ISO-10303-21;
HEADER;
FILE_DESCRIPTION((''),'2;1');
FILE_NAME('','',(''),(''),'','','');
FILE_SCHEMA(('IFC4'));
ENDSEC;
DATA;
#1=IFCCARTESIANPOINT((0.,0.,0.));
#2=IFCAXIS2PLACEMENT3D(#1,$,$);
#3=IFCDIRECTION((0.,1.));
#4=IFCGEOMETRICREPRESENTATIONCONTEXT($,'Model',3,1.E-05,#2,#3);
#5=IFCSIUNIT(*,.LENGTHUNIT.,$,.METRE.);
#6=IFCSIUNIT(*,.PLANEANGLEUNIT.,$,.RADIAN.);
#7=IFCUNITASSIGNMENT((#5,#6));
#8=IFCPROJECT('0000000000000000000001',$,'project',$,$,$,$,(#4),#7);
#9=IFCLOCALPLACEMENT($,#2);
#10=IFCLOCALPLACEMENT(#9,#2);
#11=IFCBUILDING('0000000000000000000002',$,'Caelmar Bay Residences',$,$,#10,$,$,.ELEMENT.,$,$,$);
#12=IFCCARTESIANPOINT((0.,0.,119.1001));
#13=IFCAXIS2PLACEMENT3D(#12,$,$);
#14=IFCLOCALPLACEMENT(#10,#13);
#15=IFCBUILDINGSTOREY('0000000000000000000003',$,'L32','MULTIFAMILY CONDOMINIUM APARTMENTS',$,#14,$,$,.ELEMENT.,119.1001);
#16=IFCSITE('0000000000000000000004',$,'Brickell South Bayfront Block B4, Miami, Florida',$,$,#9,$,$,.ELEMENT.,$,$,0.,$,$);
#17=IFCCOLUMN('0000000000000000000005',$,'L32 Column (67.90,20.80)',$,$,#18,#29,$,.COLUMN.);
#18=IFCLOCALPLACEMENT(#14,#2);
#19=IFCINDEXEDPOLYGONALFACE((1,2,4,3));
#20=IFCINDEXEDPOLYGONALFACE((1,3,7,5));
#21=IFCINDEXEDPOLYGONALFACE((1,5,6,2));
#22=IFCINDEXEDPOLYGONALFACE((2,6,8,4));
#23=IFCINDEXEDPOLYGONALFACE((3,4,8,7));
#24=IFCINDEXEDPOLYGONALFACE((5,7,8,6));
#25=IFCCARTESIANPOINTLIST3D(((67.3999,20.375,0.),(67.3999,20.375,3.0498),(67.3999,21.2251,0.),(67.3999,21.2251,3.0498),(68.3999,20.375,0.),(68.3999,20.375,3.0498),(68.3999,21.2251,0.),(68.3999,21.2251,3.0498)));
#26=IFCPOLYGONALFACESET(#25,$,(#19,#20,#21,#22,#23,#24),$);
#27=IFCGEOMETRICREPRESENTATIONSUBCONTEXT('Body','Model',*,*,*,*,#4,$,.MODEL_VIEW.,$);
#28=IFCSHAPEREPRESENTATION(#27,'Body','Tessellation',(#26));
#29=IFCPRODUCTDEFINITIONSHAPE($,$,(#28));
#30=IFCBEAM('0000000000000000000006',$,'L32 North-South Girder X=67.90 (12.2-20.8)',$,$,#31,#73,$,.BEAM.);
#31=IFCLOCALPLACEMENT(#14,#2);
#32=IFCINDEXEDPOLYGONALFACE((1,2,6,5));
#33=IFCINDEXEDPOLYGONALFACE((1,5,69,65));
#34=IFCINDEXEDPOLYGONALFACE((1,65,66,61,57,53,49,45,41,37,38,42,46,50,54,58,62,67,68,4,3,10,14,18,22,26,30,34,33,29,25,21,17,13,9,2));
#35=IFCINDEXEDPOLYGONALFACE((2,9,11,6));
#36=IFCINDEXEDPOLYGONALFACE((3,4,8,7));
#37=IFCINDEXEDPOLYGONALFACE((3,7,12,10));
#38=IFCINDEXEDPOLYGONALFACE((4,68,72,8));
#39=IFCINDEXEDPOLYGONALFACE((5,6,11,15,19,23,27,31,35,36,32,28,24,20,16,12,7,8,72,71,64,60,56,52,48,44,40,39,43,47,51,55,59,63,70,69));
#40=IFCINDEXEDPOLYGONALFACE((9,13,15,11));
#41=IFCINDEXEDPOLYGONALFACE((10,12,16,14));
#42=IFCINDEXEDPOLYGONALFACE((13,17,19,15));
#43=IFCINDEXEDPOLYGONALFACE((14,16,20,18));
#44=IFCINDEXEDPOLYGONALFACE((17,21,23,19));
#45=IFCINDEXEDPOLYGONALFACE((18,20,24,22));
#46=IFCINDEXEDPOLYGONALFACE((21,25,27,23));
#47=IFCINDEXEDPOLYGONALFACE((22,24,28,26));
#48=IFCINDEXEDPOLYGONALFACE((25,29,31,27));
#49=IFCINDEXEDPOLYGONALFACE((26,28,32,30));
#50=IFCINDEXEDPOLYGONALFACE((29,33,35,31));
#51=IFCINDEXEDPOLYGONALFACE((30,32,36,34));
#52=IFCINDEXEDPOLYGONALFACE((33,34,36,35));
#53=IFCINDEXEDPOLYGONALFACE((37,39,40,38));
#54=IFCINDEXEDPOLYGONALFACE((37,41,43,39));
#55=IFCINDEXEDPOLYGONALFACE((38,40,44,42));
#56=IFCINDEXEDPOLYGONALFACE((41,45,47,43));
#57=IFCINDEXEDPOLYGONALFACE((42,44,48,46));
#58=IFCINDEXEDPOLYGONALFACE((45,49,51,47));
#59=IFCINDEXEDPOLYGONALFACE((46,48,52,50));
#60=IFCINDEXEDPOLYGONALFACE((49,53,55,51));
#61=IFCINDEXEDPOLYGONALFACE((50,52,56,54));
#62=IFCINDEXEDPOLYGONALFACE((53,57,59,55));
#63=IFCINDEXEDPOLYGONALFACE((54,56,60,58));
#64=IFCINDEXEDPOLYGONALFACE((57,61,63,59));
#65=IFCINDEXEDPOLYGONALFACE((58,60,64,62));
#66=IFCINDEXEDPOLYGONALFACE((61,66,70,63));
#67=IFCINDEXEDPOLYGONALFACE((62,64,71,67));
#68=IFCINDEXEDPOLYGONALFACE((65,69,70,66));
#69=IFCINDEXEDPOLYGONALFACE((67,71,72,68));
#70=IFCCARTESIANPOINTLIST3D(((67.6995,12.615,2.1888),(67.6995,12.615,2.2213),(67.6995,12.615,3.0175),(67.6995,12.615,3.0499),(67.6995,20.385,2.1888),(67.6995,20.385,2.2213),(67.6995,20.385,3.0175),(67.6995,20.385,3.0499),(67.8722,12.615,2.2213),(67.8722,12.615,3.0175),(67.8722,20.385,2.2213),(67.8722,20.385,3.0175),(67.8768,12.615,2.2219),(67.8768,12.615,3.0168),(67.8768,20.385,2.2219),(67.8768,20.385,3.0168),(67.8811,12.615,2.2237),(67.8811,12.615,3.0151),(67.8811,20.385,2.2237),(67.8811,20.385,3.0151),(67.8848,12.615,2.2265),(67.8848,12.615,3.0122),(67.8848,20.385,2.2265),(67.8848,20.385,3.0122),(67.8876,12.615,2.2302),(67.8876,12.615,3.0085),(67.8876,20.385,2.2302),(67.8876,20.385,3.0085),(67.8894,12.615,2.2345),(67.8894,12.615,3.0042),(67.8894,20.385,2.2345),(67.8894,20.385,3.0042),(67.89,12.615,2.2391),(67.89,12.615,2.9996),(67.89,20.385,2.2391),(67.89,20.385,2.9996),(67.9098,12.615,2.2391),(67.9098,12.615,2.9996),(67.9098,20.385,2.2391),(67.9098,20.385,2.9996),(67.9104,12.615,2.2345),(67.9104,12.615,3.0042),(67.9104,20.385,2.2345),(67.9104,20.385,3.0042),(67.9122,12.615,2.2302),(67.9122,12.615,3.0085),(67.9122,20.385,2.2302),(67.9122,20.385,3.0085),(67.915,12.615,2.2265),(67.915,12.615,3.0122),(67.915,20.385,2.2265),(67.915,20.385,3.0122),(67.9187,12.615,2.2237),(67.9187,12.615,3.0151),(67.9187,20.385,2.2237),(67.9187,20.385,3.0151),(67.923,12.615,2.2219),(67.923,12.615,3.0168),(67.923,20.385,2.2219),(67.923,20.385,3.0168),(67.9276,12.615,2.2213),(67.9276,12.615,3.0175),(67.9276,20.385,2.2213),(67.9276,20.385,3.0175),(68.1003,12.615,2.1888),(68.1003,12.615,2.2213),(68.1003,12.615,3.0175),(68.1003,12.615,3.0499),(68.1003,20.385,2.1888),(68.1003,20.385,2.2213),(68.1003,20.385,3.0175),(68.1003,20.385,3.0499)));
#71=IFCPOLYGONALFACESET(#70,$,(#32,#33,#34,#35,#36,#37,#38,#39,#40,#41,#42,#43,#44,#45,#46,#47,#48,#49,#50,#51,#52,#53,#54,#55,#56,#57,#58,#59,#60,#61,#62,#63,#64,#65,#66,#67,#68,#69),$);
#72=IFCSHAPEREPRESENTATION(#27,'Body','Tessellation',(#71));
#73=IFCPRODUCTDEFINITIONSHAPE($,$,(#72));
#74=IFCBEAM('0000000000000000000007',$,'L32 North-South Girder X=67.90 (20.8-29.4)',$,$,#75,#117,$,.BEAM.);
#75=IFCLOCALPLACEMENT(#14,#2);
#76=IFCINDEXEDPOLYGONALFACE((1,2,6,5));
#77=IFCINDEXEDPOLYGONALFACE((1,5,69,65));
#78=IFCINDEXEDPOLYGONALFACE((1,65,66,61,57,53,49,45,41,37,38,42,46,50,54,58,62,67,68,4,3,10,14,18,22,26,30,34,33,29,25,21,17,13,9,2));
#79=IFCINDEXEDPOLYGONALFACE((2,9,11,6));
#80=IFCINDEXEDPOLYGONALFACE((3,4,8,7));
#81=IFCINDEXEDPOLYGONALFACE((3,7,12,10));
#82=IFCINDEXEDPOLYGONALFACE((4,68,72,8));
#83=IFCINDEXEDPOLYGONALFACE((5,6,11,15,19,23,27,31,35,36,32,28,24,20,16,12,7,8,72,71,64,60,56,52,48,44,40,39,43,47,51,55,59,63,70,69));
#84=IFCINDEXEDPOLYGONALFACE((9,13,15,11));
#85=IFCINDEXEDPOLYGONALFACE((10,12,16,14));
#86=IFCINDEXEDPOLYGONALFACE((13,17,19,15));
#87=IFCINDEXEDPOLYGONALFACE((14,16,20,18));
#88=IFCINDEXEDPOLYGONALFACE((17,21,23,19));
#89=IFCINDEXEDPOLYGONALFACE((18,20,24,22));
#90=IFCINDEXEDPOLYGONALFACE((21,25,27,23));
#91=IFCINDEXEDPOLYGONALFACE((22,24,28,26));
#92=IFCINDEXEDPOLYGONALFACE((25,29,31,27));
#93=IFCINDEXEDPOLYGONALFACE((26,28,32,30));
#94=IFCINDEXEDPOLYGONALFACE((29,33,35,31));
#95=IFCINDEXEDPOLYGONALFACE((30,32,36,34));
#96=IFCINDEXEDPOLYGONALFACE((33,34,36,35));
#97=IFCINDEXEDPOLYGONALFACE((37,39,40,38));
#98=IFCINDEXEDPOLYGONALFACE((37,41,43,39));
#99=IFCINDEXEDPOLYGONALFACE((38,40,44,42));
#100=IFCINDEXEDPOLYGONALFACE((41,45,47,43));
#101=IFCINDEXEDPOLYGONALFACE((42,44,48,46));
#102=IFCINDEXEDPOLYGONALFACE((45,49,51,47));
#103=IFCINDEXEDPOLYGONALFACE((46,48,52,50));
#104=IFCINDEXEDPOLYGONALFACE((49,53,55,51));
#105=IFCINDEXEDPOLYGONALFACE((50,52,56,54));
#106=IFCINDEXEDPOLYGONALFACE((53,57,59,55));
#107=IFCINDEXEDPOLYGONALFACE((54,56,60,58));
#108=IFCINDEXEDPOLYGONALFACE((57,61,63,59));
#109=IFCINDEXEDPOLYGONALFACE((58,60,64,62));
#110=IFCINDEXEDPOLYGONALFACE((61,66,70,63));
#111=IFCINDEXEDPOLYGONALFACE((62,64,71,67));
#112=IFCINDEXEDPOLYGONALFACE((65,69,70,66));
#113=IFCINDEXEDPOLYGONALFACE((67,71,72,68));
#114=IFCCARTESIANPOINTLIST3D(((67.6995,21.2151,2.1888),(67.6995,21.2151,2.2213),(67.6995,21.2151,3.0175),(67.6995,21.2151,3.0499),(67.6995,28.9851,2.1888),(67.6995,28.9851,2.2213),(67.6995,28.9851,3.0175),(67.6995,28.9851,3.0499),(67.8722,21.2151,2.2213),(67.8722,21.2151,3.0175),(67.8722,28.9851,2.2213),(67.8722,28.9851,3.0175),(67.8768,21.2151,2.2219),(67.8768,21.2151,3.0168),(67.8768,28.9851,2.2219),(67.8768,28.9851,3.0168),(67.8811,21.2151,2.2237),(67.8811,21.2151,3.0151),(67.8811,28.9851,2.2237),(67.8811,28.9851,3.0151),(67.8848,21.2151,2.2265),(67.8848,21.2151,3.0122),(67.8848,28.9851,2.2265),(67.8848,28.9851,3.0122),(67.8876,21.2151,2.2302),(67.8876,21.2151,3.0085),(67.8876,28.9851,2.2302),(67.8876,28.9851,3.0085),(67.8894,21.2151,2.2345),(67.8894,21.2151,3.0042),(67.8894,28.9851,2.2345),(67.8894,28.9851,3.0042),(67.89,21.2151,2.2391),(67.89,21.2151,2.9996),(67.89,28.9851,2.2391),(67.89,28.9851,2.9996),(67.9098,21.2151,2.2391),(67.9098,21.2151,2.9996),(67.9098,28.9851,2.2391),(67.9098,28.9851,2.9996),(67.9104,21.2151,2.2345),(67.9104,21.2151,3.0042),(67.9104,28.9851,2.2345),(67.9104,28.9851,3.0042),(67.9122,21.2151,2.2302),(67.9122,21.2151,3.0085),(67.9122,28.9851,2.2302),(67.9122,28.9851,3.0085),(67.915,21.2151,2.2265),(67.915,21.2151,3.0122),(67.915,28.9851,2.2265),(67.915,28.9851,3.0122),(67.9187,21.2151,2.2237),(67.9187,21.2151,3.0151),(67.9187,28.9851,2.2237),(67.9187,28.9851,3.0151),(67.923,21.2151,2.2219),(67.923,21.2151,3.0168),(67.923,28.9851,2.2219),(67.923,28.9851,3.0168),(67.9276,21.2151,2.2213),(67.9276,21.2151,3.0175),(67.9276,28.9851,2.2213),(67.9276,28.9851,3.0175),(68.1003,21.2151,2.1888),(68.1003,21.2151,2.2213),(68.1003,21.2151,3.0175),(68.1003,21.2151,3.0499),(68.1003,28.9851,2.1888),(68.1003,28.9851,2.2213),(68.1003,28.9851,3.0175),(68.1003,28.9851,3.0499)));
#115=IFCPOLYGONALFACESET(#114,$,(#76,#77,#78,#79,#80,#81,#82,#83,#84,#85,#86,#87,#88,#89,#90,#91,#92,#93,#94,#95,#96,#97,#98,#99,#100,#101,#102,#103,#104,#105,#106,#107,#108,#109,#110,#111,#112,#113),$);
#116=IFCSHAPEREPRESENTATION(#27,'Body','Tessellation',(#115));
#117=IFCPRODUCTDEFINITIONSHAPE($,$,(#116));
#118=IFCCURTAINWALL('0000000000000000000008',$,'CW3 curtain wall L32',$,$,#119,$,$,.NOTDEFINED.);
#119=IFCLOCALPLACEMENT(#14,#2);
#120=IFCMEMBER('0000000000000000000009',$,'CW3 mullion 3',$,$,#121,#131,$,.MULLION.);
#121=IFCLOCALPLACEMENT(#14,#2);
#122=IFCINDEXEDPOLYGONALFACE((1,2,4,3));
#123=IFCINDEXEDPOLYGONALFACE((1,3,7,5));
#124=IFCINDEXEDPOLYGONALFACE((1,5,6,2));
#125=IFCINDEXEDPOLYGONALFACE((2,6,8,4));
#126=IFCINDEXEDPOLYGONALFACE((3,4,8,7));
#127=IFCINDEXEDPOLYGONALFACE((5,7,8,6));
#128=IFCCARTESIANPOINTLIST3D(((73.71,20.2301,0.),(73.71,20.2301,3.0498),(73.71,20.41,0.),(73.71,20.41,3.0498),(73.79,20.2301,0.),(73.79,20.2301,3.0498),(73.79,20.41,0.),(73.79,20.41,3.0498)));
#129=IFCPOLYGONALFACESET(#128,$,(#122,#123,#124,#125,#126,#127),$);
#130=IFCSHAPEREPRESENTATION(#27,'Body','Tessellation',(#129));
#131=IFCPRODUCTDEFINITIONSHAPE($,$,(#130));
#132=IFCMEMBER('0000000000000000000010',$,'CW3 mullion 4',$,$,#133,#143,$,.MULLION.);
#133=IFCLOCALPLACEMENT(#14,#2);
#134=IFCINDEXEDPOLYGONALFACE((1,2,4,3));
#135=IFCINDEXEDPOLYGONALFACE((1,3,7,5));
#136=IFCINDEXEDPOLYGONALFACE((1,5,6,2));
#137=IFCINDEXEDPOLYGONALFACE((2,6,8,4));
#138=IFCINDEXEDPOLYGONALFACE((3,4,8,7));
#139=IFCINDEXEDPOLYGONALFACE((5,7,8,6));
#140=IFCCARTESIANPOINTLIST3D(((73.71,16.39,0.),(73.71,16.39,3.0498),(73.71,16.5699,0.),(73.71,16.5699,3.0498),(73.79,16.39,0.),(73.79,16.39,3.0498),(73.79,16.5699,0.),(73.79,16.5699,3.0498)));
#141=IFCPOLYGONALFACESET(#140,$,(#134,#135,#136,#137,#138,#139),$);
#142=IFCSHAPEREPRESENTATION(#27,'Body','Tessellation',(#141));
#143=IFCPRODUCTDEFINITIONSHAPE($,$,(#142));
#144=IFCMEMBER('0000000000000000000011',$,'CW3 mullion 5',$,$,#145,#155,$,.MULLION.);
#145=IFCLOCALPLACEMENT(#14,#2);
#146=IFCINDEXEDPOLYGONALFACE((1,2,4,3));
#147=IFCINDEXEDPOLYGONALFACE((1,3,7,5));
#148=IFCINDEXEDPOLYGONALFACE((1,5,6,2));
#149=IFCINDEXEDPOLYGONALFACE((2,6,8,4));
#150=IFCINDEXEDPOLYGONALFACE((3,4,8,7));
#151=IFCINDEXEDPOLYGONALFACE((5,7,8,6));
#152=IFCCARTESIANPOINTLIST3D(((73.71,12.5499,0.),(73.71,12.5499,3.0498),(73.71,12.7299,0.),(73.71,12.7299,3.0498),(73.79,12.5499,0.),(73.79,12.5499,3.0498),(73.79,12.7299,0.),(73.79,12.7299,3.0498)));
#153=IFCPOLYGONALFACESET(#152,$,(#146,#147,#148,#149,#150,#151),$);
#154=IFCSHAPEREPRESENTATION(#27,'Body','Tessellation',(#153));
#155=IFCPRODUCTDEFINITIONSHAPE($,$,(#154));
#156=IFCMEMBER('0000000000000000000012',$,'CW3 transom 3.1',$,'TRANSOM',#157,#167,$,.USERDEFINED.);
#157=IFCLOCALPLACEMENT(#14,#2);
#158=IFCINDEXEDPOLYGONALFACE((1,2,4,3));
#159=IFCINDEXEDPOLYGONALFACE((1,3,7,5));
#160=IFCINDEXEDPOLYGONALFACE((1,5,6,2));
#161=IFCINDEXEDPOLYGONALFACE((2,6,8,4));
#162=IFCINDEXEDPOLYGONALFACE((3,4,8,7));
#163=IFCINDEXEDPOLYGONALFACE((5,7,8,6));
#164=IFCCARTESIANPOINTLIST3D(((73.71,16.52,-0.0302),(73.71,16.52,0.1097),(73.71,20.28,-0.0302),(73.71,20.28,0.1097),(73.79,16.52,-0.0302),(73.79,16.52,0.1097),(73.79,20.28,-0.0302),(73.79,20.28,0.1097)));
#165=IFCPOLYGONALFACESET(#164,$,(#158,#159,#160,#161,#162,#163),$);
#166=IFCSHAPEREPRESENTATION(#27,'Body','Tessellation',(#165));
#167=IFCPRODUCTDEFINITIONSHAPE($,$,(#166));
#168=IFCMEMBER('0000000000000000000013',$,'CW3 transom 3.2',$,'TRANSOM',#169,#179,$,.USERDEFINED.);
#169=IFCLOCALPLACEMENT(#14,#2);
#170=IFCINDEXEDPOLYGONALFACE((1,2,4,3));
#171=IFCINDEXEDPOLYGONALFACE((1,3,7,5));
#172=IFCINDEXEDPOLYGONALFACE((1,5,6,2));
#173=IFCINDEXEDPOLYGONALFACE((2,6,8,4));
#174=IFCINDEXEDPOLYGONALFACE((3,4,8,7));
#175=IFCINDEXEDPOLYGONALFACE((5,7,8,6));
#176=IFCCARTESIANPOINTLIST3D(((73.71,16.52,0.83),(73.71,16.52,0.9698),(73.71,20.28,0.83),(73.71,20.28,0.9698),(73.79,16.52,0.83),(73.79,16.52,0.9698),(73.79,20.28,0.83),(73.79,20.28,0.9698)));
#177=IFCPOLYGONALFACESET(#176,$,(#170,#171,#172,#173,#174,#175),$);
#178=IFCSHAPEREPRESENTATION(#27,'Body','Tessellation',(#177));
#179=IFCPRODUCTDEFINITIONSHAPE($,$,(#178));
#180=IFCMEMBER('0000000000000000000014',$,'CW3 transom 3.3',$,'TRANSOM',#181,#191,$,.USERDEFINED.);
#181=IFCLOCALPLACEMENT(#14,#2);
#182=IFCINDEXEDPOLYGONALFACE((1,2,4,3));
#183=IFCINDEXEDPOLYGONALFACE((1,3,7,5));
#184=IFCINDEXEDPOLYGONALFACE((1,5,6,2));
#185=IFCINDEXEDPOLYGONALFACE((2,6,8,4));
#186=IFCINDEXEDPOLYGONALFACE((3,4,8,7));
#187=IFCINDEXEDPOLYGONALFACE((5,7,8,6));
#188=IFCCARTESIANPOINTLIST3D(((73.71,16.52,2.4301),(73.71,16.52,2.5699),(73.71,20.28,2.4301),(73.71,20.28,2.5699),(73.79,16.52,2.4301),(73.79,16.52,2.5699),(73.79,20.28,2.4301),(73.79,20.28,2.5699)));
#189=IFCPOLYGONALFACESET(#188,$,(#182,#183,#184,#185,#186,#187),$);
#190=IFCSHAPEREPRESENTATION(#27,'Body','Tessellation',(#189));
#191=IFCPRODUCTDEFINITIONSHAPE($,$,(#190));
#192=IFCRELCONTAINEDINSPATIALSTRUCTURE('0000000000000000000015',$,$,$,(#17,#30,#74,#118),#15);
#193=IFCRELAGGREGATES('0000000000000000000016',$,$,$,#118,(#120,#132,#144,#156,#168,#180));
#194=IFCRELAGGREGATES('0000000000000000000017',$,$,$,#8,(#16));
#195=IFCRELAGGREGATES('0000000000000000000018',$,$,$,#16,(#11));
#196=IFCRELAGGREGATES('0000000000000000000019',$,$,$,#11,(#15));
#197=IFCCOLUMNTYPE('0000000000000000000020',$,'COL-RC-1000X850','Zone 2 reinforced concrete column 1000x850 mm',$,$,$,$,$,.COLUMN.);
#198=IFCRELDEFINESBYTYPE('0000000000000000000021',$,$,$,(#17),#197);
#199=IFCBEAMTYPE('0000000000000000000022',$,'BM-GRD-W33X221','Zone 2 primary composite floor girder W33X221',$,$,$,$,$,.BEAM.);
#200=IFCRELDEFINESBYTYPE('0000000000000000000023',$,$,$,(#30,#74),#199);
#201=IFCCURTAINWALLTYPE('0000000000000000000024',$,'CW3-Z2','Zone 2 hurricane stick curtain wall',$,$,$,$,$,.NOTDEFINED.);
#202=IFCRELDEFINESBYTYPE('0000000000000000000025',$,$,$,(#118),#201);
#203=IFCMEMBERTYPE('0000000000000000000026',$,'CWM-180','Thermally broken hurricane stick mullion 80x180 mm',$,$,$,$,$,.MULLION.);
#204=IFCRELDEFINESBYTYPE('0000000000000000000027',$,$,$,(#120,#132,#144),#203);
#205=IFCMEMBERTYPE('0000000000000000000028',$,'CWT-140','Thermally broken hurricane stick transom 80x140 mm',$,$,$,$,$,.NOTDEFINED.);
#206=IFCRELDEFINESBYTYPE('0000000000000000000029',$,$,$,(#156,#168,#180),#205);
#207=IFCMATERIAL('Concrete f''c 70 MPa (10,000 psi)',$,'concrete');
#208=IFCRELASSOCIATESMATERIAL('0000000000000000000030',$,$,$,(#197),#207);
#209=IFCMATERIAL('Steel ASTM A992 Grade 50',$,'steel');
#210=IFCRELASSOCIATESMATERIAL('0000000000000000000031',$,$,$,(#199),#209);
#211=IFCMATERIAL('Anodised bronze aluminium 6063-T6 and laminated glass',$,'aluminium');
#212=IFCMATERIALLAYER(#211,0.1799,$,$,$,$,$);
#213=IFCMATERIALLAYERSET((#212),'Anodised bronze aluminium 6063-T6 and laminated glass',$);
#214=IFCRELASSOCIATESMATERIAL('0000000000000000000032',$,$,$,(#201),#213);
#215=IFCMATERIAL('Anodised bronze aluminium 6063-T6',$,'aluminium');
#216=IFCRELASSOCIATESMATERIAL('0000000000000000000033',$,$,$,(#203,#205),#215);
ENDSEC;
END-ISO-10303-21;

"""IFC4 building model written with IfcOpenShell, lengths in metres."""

from ifc_helpers import new_model, si_unit, direction, frame, origin, origin_2d, place, context, subcontext, project, spatial, rectangle, i_section, extrude, material, layer, layer_set, material_profile, profile_set, type_object, element, aggregate, save


model = new_model("IFC4")

# Units and contexts
model_context = context("Model", 3, precision=1e-05, world=origin(), true_north=direction((0.0, 1.0)))
body_context = subcontext(model_context, "Body", "Model", "MODEL_VIEW")
ifc_project = project(units=[si_unit("LENGTHUNIT", "METRE"), si_unit("PLANEANGLEUNIT", "RADIAN")], contexts=[model_context])

# Site, building, storey
site_placement = place(None, origin())
site = spatial("IfcSite", under=ifc_project, at=site_placement, Name="Brickell South Bayfront Block B4, Miami, Florida", CompositionType="ELEMENT", RefElevation=0.0)
building_placement = place(site_placement, origin())
building = spatial("IfcBuilding", under=site, at=building_placement, Name="Caelmar Bay Residences", CompositionType="ELEMENT")
storey_placement = place(building_placement, frame((0.0, 0.0, 119.1001)))
storey = spatial("IfcBuildingStorey", under=building, at=storey_placement, Name="L32", Description="MULTIFAMILY CONDOMINIUM APARTMENTS", CompositionType="ELEMENT", Elevation=119.1001)

# Column
ifc_material_1 = material(Name="Concrete f'c 70 MPa (10,000 psi)", Category="concrete")
ifc_material_profile_1 = material_profile(ifc_material_1, rectangle(XDim=1.0, YDim=0.8501, at=origin_2d()), Name="RC-COL-1000X850")
ifc_profile_set_1 = profile_set([ifc_material_profile_1], Name="Concrete f'c 70 MPa (10,000 psi)")
column_type = type_object("IfcColumnType", Name="COL-RC-1000X850", Description="Zone 2 reinforced concrete column 1000x850 mm", PredefinedType="COLUMN", material=ifc_profile_set_1)
column_placement = place(storey_placement, frame((67.8999, 20.8, 0.0), z_axis=(0.0, 0.0, 1.0), x_axis=(1.0, 0.0, 0.0)))
element("IfcColumn", 1, at=column_placement, inside=storey, type_object=column_type, Name="L32 Column (67.90,20.80)", PredefinedType="COLUMN", context=body_context, shape_type="SweptSolid", body=[
    extrude(rectangle(XDim=1.0, YDim=0.8501, at=origin_2d()), origin(), (0.0, 0.0, 1.0), 3.0498),
])

# Beams
ifc_material_2 = material(Name="Steel ASTM A992 Grade 50", Category="steel")
ifc_material_profile_2 = material_profile(ifc_material_2, i_section(OverallWidth=0.4009, OverallDepth=0.8611, WebThickness=0.0198, FlangeThickness=0.0325, FilletRadius=0.0178, at=origin_2d()), Name="W33X221")
ifc_profile_set_2 = profile_set([ifc_material_profile_2], Name="Steel ASTM A992 Grade 50")
beam_type = type_object("IfcBeamType", Name="BM-GRD-W33X221", Description="Zone 2 primary composite floor girder W33X221", PredefinedType="BEAM", material=ifc_profile_set_2)
for number, where, z_axis, x_axis, name in (
    (2, (67.8999, 12.615, 2.6194), (0.0, 1.0, 0.0), (-1.0, 0.0, 0.0), "L32 North-South Girder X=67.90 (12.2-20.8)"),
    (3, (67.8999, 21.2151, 2.6194), (0.0, 1.0, 0.0), (-1.0, 0.0, 0.0), "L32 North-South Girder X=67.90 (20.8-29.4)"),
):
    element("IfcBeam", number, at=place(storey_placement, frame(where, z_axis=z_axis, x_axis=x_axis)), inside=storey, type_object=beam_type, Name=name, PredefinedType="BEAM", context=body_context, shape_type="SweptSolid", body=[
        extrude(i_section(OverallWidth=0.4009, OverallDepth=0.8611, WebThickness=0.0198, FlangeThickness=0.0325, FilletRadius=0.0178, at=origin_2d()), origin(), (0.0, 0.0, 1.0), 7.77),
    ])

# Curtain wall, members
ifc_material_3 = material(Name="Anodised bronze aluminium 6063-T6 and laminated glass", Category="aluminium")
ifc_layer_1 = layer(ifc_material_3, 0.1799)
ifc_layer_set_1 = layer_set([ifc_layer_1], Name="Anodised bronze aluminium 6063-T6 and laminated glass")
curtain_wall_type = type_object("IfcCurtainWallType", Name="CW3-Z2", Description="Zone 2 hurricane stick curtain wall", PredefinedType="NOTDEFINED", material=ifc_layer_set_1)
curtain_wall_placement = place(storey_placement, origin())
curtain_wall = element("IfcCurtainWall", 4, at=curtain_wall_placement, inside=storey, type_object=curtain_wall_type, Name="CW3 curtain wall L32", PredefinedType="NOTDEFINED")
ifc_material_4 = material(Name="Anodised bronze aluminium 6063-T6", Category="aluminium")
ifc_material_profile_3 = material_profile(ifc_material_4, rectangle(XDim=0.0801, YDim=0.1799, at=origin_2d()), Name="CWM-80X180")
ifc_profile_set_3 = profile_set([ifc_material_profile_3], Name="Anodised bronze aluminium 6063-T6")
member_type_1 = type_object("IfcMemberType", Name="CWM-180", Description="Thermally broken hurricane stick mullion 80x180 mm", PredefinedType="MULLION", material=ifc_profile_set_3)
member_1_placement = place(storey_placement, frame((73.75, 20.3201, 0.0), z_axis=(0.0, 0.0, 1.0), x_axis=(1.0, 0.0, 0.0)))
member_1 = element("IfcMember", 5, at=member_1_placement, type_object=member_type_1, Name="CW3 mullion 3", PredefinedType="MULLION", context=body_context, shape_type="SweptSolid", body=[
    extrude(rectangle(XDim=0.0801, YDim=0.1799, at=origin_2d()), origin(), (0.0, 0.0, 1.0), 3.0498),
])
member_2_placement = place(storey_placement, frame((73.75, 16.48, 0.0), z_axis=(0.0, 0.0, 1.0), x_axis=(1.0, 0.0, 0.0)))
member_2 = element("IfcMember", 6, at=member_2_placement, type_object=member_type_1, Name="CW3 mullion 4", PredefinedType="MULLION", context=body_context, shape_type="SweptSolid", body=[
    extrude(rectangle(XDim=0.0801, YDim=0.1799, at=origin_2d()), origin(), (0.0, 0.0, 1.0), 3.0498),
])
member_3_placement = place(storey_placement, frame((73.75, 12.6399, 0.0), z_axis=(0.0, 0.0, 1.0), x_axis=(1.0, 0.0, 0.0)))
member_3 = element("IfcMember", 7, at=member_3_placement, type_object=member_type_1, Name="CW3 mullion 5", PredefinedType="MULLION", context=body_context, shape_type="SweptSolid", body=[
    extrude(rectangle(XDim=0.0801, YDim=0.1799, at=origin_2d()), origin(), (0.0, 0.0, 1.0), 3.0498),
])
ifc_material_profile_4 = material_profile(ifc_material_4, rectangle(XDim=0.0801, YDim=0.1399, at=origin_2d()), Name="CWT-80X140")
ifc_profile_set_4 = profile_set([ifc_material_profile_4], Name="Anodised bronze aluminium 6063-T6")
member_type_2 = type_object("IfcMemberType", Name="CWT-140", Description="Thermally broken hurricane stick transom 80x140 mm", PredefinedType="NOTDEFINED", material=ifc_profile_set_4)
member_4_placement = place(storey_placement, frame((73.75, 20.28, 0.0398), z_axis=(0.0, -1.0, 0.0), x_axis=(1.0, 0.0, 0.0)))
member_4 = element("IfcMember", 8, at=member_4_placement, type_object=member_type_2, Name="CW3 transom 3.1", ObjectType="TRANSOM", PredefinedType="USERDEFINED", context=body_context, shape_type="SweptSolid", body=[
    extrude(rectangle(XDim=0.0801, YDim=0.1399, at=origin_2d()), origin(), (0.0, 0.0, 1.0), 3.76),
])
member_5_placement = place(storey_placement, frame((73.75, 20.28, 0.8999), z_axis=(0.0, -1.0, 0.0), x_axis=(1.0, 0.0, 0.0)))
member_5 = element("IfcMember", 9, at=member_5_placement, type_object=member_type_2, Name="CW3 transom 3.2", ObjectType="TRANSOM", PredefinedType="USERDEFINED", context=body_context, shape_type="SweptSolid", body=[
    extrude(rectangle(XDim=0.0801, YDim=0.1399, at=origin_2d()), origin(), (0.0, 0.0, 1.0), 3.76),
])
member_6_placement = place(storey_placement, frame((73.75, 20.28, 2.5), z_axis=(0.0, -1.0, 0.0), x_axis=(1.0, 0.0, 0.0)))
member_6 = element("IfcMember", 10, at=member_6_placement, type_object=member_type_2, Name="CW3 transom 3.3", ObjectType="TRANSOM", PredefinedType="USERDEFINED", context=body_context, shape_type="SweptSolid", body=[
    extrude(rectangle(XDim=0.0801, YDim=0.1399, at=origin_2d()), origin(), (0.0, 0.0, 1.0), 3.76),
])
aggregate(curtain_wall, [member_1, member_2, member_3, member_4, member_5, member_6])

save(model, "model.ifc")
